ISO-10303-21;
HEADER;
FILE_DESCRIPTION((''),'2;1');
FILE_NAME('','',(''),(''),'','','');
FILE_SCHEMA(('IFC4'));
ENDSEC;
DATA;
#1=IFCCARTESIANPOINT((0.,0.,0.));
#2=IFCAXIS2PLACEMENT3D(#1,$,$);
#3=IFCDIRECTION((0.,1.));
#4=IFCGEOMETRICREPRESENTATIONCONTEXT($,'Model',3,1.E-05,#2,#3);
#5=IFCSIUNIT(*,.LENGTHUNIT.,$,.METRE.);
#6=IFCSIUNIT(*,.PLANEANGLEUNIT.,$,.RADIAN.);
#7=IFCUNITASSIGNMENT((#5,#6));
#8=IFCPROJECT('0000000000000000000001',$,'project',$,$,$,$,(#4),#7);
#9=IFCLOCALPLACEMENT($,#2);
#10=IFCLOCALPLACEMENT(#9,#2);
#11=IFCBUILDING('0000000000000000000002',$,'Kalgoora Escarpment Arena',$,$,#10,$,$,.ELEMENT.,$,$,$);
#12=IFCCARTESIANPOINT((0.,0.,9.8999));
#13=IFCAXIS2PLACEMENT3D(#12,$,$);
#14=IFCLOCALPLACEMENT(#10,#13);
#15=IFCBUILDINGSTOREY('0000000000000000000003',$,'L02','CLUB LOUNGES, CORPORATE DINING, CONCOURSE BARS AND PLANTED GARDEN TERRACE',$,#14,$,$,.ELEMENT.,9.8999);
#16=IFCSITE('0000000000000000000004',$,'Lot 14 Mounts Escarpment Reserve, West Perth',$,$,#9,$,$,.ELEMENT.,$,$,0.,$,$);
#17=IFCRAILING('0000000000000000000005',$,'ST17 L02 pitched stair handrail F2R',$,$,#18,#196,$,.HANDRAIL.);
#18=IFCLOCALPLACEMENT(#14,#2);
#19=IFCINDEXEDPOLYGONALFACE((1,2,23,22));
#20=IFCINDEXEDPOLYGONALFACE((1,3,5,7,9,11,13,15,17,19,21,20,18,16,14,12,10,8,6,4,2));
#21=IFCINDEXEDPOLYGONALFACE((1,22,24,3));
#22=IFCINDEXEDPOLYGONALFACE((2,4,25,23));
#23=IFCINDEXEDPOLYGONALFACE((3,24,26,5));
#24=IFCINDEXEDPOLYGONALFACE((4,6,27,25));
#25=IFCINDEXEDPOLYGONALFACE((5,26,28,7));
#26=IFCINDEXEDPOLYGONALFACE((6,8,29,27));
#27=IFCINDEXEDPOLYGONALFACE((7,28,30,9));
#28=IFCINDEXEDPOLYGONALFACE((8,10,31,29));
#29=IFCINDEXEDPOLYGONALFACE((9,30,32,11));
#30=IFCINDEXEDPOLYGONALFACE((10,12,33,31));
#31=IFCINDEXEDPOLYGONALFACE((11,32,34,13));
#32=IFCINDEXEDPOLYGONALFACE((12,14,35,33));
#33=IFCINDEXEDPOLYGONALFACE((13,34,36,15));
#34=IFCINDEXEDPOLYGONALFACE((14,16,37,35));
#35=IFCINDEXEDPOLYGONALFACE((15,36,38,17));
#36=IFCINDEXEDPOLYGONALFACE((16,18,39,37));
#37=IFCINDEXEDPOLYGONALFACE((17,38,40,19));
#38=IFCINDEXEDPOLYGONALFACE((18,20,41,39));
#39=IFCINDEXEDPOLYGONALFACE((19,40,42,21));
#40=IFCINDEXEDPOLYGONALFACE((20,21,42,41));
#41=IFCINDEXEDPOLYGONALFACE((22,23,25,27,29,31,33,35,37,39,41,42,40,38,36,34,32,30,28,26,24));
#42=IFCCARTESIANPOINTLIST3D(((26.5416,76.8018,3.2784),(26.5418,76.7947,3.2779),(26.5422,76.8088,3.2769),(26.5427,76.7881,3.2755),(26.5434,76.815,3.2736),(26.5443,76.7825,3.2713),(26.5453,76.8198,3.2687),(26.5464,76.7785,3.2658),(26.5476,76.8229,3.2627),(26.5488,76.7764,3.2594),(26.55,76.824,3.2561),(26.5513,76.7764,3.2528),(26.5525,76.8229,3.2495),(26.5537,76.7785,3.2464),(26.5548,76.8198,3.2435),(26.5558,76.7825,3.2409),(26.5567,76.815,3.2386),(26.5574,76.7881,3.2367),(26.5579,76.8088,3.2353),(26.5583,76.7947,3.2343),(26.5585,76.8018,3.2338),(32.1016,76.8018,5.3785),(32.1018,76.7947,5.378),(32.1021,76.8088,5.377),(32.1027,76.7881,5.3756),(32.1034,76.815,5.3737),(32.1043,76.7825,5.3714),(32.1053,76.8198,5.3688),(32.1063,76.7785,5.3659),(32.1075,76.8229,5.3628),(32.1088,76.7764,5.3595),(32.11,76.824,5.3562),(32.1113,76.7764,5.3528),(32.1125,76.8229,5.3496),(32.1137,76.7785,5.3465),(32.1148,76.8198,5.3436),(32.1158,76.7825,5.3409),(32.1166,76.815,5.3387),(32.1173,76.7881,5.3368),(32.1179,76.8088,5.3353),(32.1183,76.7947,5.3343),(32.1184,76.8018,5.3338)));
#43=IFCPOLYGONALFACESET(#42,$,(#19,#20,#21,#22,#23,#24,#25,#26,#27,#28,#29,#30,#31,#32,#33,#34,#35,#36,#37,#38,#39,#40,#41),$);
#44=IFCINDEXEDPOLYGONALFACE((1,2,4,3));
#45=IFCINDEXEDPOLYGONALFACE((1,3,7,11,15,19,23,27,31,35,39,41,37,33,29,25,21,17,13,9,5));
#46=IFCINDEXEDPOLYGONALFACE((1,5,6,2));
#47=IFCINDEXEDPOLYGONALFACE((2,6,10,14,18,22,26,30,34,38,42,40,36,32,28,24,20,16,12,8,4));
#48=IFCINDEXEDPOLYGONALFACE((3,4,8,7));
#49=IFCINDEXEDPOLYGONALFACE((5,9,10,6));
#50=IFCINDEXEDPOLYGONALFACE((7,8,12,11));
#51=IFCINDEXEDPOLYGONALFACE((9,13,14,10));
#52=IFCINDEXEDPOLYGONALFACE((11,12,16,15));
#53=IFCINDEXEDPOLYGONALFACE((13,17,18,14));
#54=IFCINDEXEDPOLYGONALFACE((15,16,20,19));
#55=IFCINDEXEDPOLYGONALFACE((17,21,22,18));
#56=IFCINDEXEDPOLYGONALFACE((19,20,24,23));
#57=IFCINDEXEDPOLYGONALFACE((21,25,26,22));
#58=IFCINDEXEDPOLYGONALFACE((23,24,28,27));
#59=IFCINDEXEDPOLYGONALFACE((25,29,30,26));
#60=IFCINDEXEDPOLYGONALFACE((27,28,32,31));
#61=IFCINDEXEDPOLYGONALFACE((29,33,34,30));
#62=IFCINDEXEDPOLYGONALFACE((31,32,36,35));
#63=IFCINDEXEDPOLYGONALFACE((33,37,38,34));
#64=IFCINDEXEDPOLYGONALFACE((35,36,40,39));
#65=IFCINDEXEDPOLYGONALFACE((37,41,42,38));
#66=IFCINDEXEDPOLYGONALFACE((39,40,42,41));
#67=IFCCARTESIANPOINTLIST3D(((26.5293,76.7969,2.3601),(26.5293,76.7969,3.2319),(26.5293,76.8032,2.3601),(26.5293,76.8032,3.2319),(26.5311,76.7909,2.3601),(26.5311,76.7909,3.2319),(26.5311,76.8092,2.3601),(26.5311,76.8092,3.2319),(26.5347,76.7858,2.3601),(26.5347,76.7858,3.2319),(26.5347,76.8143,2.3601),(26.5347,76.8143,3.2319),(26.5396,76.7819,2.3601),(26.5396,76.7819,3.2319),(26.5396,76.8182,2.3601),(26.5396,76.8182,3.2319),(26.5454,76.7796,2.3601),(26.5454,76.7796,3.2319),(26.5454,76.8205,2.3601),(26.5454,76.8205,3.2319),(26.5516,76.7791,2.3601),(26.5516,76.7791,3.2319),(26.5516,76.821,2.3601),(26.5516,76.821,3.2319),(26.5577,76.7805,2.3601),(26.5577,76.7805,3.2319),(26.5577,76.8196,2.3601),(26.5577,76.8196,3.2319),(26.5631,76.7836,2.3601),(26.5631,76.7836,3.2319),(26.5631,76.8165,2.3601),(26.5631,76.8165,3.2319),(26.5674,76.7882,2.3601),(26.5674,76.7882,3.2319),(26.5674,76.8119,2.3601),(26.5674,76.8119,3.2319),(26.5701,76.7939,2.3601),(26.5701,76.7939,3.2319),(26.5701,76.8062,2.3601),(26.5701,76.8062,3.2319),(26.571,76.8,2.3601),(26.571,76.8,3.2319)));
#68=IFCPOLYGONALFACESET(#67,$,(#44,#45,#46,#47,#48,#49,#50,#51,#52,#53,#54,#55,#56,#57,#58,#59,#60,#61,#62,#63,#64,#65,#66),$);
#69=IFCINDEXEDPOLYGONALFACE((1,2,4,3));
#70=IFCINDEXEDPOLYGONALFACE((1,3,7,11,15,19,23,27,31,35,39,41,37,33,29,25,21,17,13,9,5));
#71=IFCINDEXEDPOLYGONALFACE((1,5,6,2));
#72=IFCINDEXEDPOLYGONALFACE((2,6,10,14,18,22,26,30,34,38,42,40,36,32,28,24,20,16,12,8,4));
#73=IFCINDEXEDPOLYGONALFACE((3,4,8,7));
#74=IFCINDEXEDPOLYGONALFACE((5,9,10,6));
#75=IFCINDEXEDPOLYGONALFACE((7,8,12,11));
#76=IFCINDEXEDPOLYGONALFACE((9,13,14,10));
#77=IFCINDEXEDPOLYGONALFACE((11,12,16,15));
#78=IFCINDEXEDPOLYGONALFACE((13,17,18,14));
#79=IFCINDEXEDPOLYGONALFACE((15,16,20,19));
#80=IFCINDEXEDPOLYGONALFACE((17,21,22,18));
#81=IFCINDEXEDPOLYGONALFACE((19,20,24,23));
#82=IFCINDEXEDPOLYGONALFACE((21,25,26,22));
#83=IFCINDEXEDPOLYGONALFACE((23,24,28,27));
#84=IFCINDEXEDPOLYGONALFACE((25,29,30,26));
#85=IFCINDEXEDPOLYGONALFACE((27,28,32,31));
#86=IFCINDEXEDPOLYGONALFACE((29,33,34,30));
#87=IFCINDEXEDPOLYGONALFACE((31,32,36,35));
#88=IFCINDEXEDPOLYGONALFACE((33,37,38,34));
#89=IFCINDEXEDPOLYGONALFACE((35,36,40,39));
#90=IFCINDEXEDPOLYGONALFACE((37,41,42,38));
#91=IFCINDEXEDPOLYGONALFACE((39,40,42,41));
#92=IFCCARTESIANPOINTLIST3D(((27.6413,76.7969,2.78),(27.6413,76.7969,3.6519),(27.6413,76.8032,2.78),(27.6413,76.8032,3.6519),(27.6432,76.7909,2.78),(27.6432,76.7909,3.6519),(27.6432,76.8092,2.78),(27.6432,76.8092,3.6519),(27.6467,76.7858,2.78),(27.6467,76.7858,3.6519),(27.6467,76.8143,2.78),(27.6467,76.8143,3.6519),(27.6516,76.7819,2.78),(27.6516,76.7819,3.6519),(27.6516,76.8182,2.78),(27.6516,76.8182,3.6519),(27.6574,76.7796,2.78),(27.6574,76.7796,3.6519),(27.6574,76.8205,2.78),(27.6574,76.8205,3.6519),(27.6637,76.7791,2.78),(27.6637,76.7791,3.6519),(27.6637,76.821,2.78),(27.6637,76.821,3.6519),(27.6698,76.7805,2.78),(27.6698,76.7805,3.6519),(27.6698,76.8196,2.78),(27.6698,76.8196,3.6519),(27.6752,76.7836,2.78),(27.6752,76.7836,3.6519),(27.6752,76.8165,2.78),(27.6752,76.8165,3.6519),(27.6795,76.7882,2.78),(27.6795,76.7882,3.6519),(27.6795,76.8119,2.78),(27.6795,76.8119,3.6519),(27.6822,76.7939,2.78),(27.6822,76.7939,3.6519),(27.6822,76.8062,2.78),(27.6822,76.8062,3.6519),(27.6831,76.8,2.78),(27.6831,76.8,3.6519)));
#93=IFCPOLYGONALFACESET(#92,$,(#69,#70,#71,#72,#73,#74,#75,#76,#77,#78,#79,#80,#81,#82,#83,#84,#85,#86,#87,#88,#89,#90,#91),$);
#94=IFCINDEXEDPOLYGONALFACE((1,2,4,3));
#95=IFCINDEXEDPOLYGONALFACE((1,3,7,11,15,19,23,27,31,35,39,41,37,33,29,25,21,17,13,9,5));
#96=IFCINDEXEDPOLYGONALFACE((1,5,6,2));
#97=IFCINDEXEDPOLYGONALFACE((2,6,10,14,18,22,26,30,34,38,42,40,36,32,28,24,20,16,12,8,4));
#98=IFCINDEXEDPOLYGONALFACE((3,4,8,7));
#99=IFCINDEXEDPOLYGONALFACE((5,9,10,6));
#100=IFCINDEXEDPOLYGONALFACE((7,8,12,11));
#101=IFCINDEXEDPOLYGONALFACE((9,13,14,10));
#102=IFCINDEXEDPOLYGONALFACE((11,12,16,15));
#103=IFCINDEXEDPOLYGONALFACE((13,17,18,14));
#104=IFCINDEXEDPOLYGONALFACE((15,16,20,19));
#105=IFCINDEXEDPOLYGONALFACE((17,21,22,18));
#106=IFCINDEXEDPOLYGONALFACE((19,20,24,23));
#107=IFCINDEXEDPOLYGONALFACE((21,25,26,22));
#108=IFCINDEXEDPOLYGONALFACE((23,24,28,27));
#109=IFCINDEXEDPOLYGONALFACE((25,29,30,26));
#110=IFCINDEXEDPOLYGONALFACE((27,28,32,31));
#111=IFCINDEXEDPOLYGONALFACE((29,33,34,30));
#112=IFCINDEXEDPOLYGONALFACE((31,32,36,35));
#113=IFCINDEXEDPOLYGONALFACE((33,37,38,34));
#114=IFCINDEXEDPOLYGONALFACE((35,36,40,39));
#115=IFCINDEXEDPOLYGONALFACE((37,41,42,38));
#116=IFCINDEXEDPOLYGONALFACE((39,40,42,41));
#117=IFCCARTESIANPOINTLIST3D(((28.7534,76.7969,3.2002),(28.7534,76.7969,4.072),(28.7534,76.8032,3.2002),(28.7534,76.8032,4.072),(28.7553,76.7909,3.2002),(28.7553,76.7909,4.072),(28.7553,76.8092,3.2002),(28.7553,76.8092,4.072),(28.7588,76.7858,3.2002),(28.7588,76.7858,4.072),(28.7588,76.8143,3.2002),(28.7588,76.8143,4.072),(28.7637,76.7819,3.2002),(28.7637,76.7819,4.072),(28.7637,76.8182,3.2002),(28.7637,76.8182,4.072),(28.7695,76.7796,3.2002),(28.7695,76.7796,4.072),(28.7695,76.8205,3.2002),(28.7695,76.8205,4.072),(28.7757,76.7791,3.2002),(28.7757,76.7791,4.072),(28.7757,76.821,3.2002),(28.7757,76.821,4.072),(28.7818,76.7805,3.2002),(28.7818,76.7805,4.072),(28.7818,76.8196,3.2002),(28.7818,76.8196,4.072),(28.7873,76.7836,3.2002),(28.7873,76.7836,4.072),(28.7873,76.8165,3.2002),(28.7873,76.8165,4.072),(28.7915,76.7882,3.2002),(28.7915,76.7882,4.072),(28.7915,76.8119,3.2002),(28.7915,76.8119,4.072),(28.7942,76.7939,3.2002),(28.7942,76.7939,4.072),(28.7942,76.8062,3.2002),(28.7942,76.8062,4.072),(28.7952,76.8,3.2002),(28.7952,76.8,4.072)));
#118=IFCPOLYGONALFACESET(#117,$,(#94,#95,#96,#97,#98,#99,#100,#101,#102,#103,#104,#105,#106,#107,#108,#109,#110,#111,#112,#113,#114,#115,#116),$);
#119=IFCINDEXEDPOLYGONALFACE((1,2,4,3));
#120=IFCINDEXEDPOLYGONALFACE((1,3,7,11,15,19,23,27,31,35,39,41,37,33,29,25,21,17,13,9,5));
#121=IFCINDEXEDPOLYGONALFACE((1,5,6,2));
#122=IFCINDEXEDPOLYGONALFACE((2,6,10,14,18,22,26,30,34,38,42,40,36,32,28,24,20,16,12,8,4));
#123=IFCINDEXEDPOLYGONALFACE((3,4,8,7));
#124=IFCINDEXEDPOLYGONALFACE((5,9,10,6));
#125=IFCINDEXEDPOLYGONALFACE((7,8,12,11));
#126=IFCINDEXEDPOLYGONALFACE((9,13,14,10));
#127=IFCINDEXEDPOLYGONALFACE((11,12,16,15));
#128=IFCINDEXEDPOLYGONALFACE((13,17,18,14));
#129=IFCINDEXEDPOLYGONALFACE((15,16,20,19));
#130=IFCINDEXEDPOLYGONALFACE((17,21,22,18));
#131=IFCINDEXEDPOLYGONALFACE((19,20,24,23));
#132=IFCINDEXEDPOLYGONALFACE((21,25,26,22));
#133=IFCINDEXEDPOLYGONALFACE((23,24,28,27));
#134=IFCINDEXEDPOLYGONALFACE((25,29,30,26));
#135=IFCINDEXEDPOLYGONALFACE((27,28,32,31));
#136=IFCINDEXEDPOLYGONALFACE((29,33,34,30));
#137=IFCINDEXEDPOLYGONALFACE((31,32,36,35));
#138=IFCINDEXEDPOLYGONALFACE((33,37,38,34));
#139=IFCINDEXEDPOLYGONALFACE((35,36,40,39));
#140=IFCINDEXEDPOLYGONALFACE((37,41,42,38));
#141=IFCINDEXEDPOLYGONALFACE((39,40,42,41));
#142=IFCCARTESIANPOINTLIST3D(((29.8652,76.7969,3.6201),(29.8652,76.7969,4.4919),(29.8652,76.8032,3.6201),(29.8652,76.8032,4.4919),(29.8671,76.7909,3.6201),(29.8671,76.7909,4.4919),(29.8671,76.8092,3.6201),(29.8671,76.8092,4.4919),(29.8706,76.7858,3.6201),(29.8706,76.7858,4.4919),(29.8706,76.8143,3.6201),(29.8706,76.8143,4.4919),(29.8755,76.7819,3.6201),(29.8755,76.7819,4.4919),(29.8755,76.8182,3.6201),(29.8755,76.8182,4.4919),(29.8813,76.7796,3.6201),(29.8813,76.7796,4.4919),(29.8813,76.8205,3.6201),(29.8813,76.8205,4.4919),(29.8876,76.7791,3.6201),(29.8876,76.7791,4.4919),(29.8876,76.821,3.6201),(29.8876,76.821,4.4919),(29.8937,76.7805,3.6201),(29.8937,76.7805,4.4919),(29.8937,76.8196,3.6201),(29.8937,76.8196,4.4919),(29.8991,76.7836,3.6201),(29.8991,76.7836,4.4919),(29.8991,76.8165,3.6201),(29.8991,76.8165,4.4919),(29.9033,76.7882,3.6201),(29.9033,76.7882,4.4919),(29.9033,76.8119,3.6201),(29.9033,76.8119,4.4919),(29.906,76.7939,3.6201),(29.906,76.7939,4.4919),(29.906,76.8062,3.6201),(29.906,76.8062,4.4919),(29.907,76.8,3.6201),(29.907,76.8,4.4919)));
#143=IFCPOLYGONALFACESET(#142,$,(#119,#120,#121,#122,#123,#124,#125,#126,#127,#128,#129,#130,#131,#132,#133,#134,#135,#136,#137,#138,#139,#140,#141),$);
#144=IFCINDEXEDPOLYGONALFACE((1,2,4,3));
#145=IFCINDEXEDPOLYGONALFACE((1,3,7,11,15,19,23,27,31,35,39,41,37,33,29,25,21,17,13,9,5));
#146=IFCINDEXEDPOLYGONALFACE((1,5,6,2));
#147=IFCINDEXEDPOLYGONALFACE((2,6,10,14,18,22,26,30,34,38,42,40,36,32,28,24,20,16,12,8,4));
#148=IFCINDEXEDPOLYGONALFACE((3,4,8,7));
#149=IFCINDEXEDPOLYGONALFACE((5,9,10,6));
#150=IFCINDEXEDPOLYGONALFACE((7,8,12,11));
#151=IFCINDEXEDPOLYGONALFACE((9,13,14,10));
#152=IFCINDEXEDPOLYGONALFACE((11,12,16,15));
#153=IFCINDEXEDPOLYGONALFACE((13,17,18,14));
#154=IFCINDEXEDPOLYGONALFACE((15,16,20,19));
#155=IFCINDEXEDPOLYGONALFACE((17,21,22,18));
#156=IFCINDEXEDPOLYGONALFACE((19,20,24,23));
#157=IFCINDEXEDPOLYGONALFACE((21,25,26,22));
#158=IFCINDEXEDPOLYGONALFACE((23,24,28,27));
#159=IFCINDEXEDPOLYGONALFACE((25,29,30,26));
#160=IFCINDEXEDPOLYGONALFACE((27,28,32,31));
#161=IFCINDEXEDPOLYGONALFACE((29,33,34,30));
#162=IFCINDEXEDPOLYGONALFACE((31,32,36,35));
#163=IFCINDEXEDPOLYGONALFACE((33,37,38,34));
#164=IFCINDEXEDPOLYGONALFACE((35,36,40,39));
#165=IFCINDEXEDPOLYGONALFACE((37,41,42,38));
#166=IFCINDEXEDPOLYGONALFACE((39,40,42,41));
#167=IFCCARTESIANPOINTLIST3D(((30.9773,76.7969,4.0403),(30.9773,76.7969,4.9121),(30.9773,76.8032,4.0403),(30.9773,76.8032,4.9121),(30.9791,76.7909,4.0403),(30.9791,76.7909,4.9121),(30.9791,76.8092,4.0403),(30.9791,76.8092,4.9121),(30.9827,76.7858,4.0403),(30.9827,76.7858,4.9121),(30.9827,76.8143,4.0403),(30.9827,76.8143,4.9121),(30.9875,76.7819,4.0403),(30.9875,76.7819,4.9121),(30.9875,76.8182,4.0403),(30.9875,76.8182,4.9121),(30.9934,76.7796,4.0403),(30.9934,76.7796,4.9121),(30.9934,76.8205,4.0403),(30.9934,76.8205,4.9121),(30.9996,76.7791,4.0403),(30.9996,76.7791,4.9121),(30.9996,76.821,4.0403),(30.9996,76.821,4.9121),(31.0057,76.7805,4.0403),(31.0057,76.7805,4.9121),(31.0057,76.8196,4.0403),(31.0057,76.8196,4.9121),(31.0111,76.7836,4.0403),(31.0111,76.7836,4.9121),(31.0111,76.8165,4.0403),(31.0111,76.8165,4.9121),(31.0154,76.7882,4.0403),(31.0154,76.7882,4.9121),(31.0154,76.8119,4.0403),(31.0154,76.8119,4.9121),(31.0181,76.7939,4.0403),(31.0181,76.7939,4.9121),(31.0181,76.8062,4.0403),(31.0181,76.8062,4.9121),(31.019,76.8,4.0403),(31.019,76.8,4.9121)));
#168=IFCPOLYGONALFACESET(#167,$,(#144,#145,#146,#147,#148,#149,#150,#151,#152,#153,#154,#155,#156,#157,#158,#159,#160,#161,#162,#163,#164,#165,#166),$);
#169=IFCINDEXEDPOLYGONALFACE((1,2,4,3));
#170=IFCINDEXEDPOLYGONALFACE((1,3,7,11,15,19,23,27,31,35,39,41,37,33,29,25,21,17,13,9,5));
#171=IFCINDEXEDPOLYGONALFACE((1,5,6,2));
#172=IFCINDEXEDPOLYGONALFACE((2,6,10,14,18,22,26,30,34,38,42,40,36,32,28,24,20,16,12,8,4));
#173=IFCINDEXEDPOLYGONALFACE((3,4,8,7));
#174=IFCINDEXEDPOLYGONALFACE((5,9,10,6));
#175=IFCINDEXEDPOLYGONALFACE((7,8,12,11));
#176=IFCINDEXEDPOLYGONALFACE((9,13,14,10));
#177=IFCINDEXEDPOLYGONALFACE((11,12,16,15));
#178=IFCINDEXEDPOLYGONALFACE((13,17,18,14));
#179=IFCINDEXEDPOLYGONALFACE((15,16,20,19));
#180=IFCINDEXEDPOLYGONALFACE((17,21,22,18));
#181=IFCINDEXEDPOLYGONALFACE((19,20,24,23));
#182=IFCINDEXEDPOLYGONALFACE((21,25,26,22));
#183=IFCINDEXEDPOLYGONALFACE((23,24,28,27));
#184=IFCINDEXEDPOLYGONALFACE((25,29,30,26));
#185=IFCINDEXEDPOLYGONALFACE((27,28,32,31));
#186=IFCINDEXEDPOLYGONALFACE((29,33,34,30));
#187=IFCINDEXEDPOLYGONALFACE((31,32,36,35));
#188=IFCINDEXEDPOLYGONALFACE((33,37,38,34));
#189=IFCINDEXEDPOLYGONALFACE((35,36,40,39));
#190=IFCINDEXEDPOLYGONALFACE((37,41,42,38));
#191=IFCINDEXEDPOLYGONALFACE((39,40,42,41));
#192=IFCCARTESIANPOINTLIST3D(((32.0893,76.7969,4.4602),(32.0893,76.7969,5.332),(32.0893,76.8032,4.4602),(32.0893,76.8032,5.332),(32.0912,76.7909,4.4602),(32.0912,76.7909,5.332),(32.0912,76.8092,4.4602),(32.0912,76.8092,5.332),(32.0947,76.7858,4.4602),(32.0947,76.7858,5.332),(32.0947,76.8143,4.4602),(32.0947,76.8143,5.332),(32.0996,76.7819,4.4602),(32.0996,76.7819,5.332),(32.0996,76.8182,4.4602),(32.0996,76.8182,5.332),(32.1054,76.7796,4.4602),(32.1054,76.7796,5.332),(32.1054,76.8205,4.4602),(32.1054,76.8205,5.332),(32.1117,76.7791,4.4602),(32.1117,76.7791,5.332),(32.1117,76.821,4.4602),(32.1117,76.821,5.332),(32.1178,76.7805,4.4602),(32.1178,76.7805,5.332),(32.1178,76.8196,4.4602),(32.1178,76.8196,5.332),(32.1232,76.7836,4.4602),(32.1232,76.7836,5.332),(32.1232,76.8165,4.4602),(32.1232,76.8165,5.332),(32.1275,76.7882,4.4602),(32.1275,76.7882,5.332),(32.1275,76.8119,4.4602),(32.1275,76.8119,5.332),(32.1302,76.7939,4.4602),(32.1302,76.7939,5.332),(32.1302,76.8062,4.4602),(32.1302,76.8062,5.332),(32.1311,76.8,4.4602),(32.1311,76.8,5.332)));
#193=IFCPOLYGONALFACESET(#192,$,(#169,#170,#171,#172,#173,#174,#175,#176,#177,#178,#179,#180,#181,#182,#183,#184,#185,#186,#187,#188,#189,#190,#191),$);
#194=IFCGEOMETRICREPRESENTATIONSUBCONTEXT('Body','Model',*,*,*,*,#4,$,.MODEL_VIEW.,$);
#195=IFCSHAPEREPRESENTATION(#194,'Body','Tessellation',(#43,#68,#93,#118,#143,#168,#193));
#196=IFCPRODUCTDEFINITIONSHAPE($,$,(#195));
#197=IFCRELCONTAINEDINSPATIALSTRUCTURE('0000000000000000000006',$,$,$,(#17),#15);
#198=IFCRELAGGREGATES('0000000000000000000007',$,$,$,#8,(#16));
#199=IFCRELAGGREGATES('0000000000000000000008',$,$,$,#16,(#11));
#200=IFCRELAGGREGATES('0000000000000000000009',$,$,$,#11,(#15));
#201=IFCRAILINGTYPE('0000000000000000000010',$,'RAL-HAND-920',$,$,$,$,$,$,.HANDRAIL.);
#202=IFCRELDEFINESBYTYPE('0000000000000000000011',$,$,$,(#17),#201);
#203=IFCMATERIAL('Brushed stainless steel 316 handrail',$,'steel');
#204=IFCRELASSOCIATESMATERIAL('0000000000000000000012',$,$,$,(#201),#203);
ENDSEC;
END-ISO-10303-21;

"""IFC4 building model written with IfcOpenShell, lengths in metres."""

from ifc_helpers import new_model, si_unit, direction, frame, origin, origin_2d, place, context, subcontext, project, spatial, circle, extrude, material, type_object, element, save


model = new_model("IFC4")

# Units and contexts
model_context = context("Model", 3, precision=1e-05, world=origin(), true_north=direction((0.0, 1.0)))
body_context = subcontext(model_context, "Body", "Model", "MODEL_VIEW")
ifc_project = project(units=[si_unit("LENGTHUNIT", "METRE"), si_unit("PLANEANGLEUNIT", "RADIAN")], contexts=[model_context])

# Site, building, storey
site_placement = place(None, origin())
site = spatial("IfcSite", under=ifc_project, at=site_placement, Name="Lot 14 Mounts Escarpment Reserve, West Perth", CompositionType="ELEMENT", RefElevation=0.0)
building_placement = place(site_placement, origin())
building = spatial("IfcBuilding", under=site, at=building_placement, Name="Kalgoora Escarpment Arena", CompositionType="ELEMENT")
storey_placement = place(building_placement, frame((0.0, 0.0, 9.8999)))
storey = spatial("IfcBuildingStorey", under=building, at=storey_placement, Name="L02", Description="CLUB LOUNGES, CORPORATE DINING, CONCOURSE BARS AND PLANTED GARDEN TERRACE", CompositionType="ELEMENT", Elevation=9.8999)

# Railing
ifc_material_1 = material(Name="Brushed stainless steel 316 handrail", Category="steel")
railing_type_1 = type_object("IfcRailingType", Name="RAL-HAND-920", PredefinedType="HANDRAIL", material=ifc_material_1)
for number, where, name in (
    (1, (26.55, 76.8, 2.3601), "ST17 L02 pitched stair handrail F2R"),
):
    element("IfcRailing", number, at=place(storey_placement, frame(where)), inside=storey, type_object=railing_type_1, Name=name, PredefinedType="HANDRAIL", context=body_context, shape_type="SweptSolid", body=[
        extrude(circle(Radius=0.0239, at=origin_2d()), frame((0.0, 0.0, 0.896), z_axis=(0.935493, 0.0, 0.353346), x_axis=(0.0, 1.0, 0.0)), (0.0, 0.0, 1.0), 5.9434),
        extrude(circle(Radius=0.021, at=origin_2d()), origin(), (0.0, 0.0, 1.0), 0.8718),
        extrude(circle(Radius=0.021, at=origin_2d()), frame((1.1121, 0.0, 0.4199)), (0.0, 0.0, 1.0), 0.8718),
        extrude(circle(Radius=0.021, at=origin_2d()), frame((2.2241, 0.0, 0.8401)), (0.0, 0.0, 1.0), 0.8718),
        extrude(circle(Radius=0.021, at=origin_2d()), frame((3.3359, 0.0, 1.26)), (0.0, 0.0, 1.0), 0.8718),
        extrude(circle(Radius=0.021, at=origin_2d()), frame((4.448, 0.0, 1.6802)), (0.0, 0.0, 1.0), 0.8718),
        extrude(circle(Radius=0.021, at=origin_2d()), frame((5.5601, 0.0, 2.1001)), (0.0, 0.0, 1.0), 0.8718),
    ])

save(model, "model.ifc")
